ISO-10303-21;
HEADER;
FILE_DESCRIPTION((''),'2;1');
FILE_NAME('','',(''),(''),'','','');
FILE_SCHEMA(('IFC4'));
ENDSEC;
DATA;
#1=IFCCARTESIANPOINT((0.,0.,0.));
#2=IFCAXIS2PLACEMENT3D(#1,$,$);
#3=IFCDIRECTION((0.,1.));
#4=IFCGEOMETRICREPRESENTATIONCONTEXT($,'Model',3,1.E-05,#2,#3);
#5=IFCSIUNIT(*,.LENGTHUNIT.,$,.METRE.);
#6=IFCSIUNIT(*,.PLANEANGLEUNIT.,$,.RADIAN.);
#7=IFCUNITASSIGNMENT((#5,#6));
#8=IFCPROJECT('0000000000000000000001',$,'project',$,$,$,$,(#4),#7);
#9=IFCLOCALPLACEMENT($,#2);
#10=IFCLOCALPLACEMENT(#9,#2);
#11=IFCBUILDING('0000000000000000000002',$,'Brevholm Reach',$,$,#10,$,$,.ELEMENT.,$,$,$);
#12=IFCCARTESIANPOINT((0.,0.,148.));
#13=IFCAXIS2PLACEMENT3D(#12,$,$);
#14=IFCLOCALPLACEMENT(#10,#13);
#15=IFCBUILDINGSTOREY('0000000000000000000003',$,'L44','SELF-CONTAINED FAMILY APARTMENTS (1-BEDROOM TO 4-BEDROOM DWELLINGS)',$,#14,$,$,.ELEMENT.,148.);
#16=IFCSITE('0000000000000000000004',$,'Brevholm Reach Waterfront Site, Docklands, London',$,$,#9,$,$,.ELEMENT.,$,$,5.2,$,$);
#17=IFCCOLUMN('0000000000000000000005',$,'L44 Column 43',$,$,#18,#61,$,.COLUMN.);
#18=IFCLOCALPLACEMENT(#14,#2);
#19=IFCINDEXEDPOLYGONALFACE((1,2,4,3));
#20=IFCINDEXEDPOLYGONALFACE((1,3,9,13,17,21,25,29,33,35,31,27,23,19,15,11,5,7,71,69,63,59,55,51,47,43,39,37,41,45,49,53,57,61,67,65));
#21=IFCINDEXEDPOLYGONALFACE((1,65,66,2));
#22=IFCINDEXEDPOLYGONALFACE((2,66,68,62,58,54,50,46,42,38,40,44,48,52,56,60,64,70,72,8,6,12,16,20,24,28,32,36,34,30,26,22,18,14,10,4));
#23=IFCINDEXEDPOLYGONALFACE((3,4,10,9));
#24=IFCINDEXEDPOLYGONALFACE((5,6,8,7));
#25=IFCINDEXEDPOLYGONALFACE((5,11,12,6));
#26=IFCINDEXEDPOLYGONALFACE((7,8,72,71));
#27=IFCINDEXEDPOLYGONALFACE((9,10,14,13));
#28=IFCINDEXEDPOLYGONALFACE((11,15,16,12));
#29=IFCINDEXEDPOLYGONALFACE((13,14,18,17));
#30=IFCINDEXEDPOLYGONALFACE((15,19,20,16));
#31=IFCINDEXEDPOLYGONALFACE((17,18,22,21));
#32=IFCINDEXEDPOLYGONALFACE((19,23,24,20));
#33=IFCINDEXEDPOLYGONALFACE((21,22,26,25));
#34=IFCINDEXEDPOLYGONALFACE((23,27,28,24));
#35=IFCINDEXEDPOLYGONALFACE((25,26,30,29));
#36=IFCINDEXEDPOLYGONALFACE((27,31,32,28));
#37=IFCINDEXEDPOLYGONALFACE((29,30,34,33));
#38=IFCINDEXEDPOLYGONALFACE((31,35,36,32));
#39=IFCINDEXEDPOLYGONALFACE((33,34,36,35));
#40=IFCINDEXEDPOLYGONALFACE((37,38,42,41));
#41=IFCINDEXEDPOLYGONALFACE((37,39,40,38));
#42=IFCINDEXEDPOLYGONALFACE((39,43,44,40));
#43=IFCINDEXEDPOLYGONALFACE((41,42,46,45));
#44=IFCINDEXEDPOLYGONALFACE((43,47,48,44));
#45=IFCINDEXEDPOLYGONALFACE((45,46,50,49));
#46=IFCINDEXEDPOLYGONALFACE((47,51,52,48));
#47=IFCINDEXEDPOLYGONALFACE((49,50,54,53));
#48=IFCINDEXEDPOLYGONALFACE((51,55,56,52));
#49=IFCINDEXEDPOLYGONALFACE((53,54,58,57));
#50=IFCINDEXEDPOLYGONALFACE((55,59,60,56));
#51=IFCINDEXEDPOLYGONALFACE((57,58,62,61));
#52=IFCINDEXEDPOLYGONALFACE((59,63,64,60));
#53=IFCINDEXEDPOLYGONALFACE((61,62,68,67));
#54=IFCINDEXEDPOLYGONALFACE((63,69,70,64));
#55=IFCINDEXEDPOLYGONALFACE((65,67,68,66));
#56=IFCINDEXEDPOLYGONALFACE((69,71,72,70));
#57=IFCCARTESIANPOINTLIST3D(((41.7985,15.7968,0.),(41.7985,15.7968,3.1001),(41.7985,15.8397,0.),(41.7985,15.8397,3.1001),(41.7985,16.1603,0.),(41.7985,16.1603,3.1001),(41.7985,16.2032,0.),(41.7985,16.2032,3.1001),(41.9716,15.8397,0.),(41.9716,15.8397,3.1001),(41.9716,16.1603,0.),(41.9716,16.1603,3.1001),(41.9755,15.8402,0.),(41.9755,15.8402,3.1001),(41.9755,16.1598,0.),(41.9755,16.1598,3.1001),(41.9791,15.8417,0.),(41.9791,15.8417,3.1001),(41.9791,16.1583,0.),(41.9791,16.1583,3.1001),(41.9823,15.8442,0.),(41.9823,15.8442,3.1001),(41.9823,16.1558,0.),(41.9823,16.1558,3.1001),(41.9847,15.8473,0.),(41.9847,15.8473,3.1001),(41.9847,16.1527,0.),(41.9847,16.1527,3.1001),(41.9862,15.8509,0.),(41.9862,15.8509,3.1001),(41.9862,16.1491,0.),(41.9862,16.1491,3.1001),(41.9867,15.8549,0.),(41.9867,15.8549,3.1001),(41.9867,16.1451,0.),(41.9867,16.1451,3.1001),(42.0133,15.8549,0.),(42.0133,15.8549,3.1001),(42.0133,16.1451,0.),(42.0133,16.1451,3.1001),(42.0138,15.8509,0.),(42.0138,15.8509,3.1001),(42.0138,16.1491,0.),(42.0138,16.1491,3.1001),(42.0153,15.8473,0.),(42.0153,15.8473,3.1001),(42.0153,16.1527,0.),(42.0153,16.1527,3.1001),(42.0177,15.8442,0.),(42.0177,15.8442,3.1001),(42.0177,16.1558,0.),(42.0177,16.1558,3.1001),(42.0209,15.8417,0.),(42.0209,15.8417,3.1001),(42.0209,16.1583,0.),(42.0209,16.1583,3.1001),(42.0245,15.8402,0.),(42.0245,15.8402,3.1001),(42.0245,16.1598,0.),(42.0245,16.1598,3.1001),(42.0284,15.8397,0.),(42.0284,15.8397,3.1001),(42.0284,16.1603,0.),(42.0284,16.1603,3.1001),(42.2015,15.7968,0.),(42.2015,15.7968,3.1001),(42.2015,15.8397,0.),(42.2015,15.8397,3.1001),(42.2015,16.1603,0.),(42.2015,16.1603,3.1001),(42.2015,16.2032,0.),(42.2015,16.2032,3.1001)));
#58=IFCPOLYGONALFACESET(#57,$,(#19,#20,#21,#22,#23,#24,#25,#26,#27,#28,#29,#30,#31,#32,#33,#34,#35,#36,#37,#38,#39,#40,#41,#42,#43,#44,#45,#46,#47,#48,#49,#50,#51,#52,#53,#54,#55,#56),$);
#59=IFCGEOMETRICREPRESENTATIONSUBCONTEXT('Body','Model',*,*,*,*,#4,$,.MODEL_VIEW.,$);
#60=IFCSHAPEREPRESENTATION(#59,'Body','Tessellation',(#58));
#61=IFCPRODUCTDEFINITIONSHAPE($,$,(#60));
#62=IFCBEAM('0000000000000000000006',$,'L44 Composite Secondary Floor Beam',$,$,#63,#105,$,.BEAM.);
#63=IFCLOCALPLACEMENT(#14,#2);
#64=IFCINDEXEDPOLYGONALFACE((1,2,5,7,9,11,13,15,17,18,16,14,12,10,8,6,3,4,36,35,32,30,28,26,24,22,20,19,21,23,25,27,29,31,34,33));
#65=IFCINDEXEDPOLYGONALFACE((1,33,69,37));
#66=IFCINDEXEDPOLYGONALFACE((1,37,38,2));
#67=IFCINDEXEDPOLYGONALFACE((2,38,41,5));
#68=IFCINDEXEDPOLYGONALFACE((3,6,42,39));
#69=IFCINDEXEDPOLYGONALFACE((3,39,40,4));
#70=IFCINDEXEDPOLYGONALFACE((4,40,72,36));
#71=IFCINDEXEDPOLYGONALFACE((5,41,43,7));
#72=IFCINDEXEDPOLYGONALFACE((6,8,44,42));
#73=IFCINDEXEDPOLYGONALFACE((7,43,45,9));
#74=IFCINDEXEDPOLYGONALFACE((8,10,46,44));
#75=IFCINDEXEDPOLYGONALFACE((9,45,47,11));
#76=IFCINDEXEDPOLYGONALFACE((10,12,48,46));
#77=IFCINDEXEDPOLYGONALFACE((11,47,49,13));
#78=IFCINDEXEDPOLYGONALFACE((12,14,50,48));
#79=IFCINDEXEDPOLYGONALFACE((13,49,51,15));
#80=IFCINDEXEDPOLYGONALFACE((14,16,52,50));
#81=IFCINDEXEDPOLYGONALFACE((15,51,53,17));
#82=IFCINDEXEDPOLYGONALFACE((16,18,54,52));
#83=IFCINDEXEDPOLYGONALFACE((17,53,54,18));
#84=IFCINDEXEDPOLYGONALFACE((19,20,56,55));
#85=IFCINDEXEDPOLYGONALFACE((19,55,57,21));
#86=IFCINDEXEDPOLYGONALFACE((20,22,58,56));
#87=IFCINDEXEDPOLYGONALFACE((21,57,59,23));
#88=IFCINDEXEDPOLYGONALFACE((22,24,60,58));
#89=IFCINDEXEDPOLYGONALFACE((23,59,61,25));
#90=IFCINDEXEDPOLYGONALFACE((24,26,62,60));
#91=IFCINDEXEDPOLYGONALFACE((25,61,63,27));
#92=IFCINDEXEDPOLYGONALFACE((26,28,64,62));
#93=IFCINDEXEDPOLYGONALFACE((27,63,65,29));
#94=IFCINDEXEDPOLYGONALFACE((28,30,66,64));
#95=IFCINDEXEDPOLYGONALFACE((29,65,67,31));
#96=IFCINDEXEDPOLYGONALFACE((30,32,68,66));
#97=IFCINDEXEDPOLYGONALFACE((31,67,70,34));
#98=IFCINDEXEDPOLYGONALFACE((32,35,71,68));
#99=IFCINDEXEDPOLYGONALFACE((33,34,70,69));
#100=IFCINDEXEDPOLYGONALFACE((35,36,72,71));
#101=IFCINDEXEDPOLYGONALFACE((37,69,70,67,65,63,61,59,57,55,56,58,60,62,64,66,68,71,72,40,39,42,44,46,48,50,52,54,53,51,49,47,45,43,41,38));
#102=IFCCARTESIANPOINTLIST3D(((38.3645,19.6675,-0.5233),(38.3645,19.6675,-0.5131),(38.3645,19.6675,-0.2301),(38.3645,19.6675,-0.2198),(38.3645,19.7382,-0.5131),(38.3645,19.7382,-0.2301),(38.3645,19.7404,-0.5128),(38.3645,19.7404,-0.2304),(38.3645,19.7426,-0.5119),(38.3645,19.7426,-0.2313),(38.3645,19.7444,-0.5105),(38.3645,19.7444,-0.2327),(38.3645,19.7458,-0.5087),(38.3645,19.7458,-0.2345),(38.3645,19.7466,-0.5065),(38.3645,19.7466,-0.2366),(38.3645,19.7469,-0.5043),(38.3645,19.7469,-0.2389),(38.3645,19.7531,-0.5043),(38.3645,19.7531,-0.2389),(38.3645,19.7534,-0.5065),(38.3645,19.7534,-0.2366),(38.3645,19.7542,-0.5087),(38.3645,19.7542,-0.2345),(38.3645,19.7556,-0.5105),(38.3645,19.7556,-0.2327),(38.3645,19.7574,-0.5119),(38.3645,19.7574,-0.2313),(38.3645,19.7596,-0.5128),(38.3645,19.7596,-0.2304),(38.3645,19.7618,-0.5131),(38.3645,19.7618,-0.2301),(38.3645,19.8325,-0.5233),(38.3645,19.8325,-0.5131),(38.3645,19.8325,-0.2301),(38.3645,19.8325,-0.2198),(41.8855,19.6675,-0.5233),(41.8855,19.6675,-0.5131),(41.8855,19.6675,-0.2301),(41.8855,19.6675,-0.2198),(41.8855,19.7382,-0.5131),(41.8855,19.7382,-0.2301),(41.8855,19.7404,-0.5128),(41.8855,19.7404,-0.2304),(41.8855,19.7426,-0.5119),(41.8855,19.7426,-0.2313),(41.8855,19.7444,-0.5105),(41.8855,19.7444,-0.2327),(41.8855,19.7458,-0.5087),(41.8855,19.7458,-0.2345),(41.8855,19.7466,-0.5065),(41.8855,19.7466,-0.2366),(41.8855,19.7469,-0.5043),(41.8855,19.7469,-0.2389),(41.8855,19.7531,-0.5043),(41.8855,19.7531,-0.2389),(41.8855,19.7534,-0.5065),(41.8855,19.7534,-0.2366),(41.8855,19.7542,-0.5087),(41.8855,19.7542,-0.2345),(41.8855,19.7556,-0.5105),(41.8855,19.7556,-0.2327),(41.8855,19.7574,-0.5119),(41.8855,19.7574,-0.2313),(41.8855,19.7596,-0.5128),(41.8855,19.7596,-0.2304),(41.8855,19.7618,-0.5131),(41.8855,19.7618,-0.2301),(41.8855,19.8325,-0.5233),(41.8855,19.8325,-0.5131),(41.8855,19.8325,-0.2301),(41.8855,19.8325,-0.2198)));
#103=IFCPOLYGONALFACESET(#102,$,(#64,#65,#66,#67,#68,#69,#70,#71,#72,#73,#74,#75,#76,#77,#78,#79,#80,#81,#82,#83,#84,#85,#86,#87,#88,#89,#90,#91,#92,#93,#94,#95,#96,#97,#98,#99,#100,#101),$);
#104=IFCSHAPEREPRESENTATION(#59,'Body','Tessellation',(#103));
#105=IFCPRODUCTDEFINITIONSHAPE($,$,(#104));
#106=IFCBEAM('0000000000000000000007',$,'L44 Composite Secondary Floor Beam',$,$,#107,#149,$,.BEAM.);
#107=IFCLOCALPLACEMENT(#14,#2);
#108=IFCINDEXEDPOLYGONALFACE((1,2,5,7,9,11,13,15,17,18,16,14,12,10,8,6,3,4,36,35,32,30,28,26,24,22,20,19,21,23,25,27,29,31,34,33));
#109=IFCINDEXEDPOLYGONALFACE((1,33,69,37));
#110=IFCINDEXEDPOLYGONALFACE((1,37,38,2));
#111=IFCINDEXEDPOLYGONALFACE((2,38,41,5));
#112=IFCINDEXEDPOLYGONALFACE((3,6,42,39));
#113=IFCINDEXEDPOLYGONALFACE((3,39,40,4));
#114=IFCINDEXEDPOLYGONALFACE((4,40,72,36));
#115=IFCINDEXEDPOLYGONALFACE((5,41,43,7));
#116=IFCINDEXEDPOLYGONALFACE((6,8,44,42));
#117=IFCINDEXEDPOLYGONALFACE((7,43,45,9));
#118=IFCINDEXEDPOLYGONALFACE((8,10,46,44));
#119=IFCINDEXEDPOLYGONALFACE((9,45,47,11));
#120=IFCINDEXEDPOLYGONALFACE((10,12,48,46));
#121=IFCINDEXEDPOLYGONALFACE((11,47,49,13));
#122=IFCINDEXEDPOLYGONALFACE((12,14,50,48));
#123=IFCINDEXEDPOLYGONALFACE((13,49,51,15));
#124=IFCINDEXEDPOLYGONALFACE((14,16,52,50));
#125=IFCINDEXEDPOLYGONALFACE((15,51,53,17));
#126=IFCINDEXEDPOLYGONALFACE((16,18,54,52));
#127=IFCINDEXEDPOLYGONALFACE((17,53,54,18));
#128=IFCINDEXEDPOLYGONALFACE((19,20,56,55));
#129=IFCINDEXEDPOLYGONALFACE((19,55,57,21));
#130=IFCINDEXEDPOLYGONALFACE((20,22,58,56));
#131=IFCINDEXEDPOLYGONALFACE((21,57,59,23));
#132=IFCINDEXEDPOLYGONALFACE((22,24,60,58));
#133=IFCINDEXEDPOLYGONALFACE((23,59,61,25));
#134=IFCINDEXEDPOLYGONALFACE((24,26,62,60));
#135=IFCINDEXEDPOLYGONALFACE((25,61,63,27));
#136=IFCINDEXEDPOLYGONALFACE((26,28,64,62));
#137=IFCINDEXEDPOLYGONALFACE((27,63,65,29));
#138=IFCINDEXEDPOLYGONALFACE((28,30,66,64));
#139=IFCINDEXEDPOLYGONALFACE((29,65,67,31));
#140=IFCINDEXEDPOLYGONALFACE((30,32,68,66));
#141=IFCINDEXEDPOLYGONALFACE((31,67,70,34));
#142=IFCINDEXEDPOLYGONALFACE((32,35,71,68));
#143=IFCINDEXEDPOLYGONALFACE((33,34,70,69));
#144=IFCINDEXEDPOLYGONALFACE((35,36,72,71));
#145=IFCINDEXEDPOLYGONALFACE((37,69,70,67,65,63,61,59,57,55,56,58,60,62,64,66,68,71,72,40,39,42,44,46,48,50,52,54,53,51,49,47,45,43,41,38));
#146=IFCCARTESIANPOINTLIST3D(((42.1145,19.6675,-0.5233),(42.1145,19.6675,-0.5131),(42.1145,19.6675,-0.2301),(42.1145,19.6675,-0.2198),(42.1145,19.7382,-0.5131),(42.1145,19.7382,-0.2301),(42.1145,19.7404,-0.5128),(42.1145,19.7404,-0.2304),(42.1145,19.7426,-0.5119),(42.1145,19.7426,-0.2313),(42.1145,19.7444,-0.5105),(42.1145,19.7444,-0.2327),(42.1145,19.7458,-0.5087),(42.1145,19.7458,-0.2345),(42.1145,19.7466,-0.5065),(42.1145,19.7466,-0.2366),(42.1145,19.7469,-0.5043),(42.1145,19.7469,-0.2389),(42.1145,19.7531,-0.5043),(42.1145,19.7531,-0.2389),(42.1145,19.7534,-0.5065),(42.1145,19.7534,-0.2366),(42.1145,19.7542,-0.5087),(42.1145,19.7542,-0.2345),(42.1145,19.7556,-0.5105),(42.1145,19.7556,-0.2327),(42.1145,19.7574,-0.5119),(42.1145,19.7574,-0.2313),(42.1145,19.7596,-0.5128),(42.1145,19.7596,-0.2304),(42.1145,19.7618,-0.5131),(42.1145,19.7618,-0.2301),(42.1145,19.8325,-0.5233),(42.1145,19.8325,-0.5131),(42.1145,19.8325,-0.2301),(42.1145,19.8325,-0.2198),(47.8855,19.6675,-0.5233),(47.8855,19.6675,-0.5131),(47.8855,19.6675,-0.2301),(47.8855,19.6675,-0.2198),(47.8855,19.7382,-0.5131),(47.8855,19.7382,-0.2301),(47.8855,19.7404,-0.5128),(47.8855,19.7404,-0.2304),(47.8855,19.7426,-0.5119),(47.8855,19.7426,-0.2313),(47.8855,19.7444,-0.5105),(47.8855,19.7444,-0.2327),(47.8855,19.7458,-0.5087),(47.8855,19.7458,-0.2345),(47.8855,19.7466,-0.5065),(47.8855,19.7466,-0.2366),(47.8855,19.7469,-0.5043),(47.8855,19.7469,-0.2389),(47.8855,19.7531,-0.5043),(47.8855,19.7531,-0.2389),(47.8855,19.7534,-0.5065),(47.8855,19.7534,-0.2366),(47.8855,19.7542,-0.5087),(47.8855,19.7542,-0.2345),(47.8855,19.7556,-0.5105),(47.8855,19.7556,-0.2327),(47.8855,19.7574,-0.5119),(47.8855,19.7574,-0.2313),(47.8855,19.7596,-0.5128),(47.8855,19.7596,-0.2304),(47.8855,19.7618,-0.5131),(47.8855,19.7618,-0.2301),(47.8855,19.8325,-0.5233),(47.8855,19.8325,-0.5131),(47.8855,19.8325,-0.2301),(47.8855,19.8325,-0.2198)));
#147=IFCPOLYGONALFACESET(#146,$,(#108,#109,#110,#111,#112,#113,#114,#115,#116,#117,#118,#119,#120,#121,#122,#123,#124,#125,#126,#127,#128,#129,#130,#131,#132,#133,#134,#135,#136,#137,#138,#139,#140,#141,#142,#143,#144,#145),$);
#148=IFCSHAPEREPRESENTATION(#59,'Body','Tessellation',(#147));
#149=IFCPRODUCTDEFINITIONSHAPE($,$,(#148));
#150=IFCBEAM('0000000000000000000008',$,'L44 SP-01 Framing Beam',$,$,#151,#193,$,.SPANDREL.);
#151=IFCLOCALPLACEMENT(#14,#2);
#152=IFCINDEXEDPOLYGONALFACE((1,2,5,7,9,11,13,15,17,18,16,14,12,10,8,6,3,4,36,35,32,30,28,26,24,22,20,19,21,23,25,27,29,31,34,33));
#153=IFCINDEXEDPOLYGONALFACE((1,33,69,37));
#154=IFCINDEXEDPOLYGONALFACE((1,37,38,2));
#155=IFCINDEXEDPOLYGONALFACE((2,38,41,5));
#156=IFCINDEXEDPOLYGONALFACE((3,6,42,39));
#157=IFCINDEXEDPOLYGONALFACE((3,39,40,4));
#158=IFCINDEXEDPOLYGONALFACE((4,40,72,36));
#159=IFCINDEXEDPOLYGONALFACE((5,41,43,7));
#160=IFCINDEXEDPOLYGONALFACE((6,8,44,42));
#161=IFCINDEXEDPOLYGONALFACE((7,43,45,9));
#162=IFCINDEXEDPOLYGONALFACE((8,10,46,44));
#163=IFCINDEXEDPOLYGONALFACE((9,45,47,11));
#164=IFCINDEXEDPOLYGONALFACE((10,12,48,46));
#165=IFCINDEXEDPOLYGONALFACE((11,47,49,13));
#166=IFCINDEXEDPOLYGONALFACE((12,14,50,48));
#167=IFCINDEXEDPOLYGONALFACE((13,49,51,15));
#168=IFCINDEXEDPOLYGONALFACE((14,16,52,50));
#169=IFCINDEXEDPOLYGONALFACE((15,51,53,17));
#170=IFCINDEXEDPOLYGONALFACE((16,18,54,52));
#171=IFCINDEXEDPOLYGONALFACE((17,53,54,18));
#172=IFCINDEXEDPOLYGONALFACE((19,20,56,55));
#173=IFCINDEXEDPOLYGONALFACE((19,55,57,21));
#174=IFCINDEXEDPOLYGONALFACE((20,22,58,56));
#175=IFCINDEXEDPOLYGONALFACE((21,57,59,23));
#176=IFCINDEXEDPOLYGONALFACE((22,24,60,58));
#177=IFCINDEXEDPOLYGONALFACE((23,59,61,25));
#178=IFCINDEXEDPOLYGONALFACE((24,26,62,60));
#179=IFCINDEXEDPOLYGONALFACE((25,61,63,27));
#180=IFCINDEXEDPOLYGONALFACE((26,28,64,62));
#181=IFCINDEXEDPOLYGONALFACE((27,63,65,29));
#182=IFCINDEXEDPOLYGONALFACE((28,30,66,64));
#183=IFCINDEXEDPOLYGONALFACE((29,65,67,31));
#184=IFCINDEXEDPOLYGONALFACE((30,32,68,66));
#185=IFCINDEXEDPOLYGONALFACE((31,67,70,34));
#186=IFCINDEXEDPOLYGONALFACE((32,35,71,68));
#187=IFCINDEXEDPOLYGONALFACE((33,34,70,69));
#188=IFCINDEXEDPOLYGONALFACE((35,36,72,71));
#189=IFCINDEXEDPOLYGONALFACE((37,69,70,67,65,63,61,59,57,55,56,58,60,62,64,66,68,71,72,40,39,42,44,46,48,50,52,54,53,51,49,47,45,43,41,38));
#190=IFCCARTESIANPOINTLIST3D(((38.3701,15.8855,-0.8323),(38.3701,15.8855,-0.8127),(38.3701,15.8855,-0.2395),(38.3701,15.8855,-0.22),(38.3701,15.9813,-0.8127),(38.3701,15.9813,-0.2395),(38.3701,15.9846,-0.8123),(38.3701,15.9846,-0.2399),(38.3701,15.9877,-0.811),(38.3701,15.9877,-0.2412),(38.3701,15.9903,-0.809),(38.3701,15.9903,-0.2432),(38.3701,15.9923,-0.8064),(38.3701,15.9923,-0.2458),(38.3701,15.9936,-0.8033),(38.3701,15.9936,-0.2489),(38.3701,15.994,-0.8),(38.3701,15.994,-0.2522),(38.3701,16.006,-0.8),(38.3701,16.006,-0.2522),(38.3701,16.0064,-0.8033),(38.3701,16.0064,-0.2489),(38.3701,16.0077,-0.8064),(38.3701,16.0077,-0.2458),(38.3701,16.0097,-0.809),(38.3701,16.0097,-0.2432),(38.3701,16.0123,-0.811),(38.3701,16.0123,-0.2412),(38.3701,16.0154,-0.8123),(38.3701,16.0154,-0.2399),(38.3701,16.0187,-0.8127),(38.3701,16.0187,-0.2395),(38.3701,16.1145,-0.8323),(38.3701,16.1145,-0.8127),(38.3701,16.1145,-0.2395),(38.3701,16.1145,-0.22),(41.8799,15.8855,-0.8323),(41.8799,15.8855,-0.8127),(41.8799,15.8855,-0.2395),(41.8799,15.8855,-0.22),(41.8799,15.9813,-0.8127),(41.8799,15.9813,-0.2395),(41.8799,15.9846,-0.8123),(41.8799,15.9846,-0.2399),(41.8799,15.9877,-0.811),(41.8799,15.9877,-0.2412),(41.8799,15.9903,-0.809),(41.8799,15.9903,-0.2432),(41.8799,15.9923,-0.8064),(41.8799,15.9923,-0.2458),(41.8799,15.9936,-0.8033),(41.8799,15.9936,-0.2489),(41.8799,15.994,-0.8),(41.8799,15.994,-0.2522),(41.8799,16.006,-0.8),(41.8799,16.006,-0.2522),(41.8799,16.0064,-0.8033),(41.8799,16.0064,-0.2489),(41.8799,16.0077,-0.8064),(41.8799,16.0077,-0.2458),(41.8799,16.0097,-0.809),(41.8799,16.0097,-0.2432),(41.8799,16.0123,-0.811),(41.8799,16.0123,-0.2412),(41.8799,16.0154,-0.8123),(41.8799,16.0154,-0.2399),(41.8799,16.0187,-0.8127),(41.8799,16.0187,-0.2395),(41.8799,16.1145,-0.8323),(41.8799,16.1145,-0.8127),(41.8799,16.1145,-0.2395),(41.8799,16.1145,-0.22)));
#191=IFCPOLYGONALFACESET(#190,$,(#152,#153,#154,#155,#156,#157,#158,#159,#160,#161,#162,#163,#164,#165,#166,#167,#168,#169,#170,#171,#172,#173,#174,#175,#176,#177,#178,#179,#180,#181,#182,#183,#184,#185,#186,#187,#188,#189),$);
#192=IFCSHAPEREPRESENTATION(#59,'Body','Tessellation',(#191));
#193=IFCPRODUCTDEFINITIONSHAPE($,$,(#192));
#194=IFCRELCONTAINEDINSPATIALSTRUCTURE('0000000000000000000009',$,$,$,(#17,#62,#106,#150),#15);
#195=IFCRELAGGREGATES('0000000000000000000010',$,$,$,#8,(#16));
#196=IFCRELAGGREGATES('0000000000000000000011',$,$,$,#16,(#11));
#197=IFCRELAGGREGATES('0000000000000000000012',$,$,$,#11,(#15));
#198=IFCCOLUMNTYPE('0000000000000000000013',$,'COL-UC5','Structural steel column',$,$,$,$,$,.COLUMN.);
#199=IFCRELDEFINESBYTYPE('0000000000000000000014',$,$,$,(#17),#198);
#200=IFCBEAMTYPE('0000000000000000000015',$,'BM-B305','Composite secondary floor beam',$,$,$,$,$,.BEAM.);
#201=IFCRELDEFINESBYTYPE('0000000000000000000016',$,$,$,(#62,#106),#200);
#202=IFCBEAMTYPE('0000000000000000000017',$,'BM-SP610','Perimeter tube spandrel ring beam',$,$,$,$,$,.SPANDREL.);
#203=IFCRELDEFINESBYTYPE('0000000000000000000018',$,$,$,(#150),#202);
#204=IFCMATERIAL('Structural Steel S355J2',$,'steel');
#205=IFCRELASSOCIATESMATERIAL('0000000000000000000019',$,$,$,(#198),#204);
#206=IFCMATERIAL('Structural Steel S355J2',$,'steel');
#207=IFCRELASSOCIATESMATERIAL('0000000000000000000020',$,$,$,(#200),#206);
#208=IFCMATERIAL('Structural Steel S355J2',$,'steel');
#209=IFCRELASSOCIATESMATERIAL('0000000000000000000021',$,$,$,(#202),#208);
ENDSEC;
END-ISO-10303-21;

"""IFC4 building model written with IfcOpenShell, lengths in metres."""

from ifc_helpers import new_model, si_unit, direction, frame, origin, origin_2d, place, context, subcontext, project, spatial, i_section, extrude, material, material_profile, profile_set, type_object, element, save


model = new_model("IFC4")

# Units and contexts
model_context = context("Model", 3, precision=1e-05, world=origin(), true_north=direction((0.0, 1.0)))
body_context = subcontext(model_context, "Body", "Model", "MODEL_VIEW")
ifc_project = project(units=[si_unit("LENGTHUNIT", "METRE"), si_unit("PLANEANGLEUNIT", "RADIAN")], contexts=[model_context])

# Site, building, storey
site_placement = place(None, origin())
site = spatial("IfcSite", under=ifc_project, at=site_placement, Name="Brevholm Reach Waterfront Site, Docklands, London", CompositionType="ELEMENT", RefElevation=5.2)
building_placement = place(site_placement, origin())
building = spatial("IfcBuilding", under=site, at=building_placement, Name="Brevholm Reach", CompositionType="ELEMENT")
storey_placement = place(building_placement, frame((0.0, 0.0, 148.0)))
storey = spatial("IfcBuildingStorey", under=building, at=storey_placement, Name="L44", Description="SELF-CONTAINED FAMILY APARTMENTS (1-BEDROOM TO 4-BEDROOM DWELLINGS)", CompositionType="ELEMENT", Elevation=148.0)

# Column
ifc_material_1 = material(Name="Structural Steel S355J2", Category="steel")
ifc_material_profile_1 = material_profile(ifc_material_1, i_section(OverallWidth=0.4031, OverallDepth=0.4065, WebThickness=0.0266, FlangeThickness=0.043, FilletRadius=0.0151, at=origin_2d()), Name="UKC 356x406x340")
ifc_profile_set_1 = profile_set([ifc_material_profile_1], Name="Structural Steel S355J2")
column_type = type_object("IfcColumnType", Name="COL-UC5", Description="Structural steel column", PredefinedType="COLUMN", material=ifc_profile_set_1)
column_placement = place(storey_placement, frame((42.0, 16.0, 0.0), z_axis=(0.0, 0.0, 1.0), x_axis=(1.0, 0.0, 0.0)))
element("IfcColumn", 1, at=column_placement, inside=storey, type_object=column_type, Name="L44 Column 43", PredefinedType="COLUMN", context=body_context, shape_type="SweptSolid", body=[
    extrude(i_section(OverallWidth=0.4031, OverallDepth=0.4065, WebThickness=0.0266, FlangeThickness=0.043, FilletRadius=0.0151, at=origin_2d()), origin(), (0.0, 0.0, 1.0), 3.1001),
])

# Beams
ifc_material_2 = material(Name="Structural Steel S355J2", Category="steel")
ifc_material_profile_2 = material_profile(ifc_material_2, i_section(OverallWidth=0.165, OverallDepth=0.3035, WebThickness=0.0061, FlangeThickness=0.0103, FilletRadius=0.0088, at=origin_2d()), Name="UKB 305x165x40")
ifc_profile_set_2 = profile_set([ifc_material_profile_2], Name="Structural Steel S355J2")
beam_type_1 = type_object("IfcBeamType", Name="BM-B305", Description="Composite secondary floor beam", PredefinedType="BEAM", material=ifc_profile_set_2)
beam_1_placement = place(storey_placement, frame((38.3645, 19.75, -0.3716), z_axis=(1.0, 0.0, 0.0), x_axis=(0.0, 1.0, 0.0)))
element("IfcBeam", 2, at=beam_1_placement, inside=storey, type_object=beam_type_1, Name="L44 Composite Secondary Floor Beam", PredefinedType="BEAM", context=body_context, shape_type="SweptSolid", body=[
    extrude(i_section(OverallWidth=0.165, OverallDepth=0.3035, WebThickness=0.0061, FlangeThickness=0.0103, FilletRadius=0.0088, at=origin_2d()), origin(), (0.0, 0.0, 1.0), 3.521),
])
beam_2_placement = place(storey_placement, frame((42.1145, 19.75, -0.3716), z_axis=(1.0, 0.0, 0.0), x_axis=(0.0, 1.0, 0.0)))
element("IfcBeam", 3, at=beam_2_placement, inside=storey, type_object=beam_type_1, Name="L44 Composite Secondary Floor Beam", PredefinedType="BEAM", context=body_context, shape_type="SweptSolid", body=[
    extrude(i_section(OverallWidth=0.165, OverallDepth=0.3035, WebThickness=0.0061, FlangeThickness=0.0103, FilletRadius=0.0088, at=origin_2d()), origin(), (0.0, 0.0, 1.0), 5.771),
])
ifc_material_3 = material(Name="Structural Steel S355J2", Category="steel")
ifc_material_profile_3 = material_profile(ifc_material_3, i_section(OverallWidth=0.229, OverallDepth=0.6123, WebThickness=0.012, FlangeThickness=0.0195, FilletRadius=0.0127, at=origin_2d()), Name="UKB 610x229x125")
ifc_profile_set_3 = profile_set([ifc_material_profile_3], Name="Structural Steel S355J2")
beam_type_2 = type_object("IfcBeamType", Name="BM-SP610", Description="Perimeter tube spandrel ring beam", PredefinedType="SPANDREL", material=ifc_profile_set_3)
beam_3_placement = place(storey_placement, frame((38.3701, 16.0, -0.5261), z_axis=(1.0, 0.0, 0.0), x_axis=(0.0, 1.0, 0.0)))
element("IfcBeam", 4, at=beam_3_placement, inside=storey, type_object=beam_type_2, Name="L44 SP-01 Framing Beam", PredefinedType="SPANDREL", context=body_context, shape_type="SweptSolid", body=[
    extrude(i_section(OverallWidth=0.229, OverallDepth=0.6123, WebThickness=0.012, FlangeThickness=0.0195, FilletRadius=0.0127, at=origin_2d()), origin(), (0.0, 0.0, 1.0), 3.5098),
])

save(model, "model.ifc")
